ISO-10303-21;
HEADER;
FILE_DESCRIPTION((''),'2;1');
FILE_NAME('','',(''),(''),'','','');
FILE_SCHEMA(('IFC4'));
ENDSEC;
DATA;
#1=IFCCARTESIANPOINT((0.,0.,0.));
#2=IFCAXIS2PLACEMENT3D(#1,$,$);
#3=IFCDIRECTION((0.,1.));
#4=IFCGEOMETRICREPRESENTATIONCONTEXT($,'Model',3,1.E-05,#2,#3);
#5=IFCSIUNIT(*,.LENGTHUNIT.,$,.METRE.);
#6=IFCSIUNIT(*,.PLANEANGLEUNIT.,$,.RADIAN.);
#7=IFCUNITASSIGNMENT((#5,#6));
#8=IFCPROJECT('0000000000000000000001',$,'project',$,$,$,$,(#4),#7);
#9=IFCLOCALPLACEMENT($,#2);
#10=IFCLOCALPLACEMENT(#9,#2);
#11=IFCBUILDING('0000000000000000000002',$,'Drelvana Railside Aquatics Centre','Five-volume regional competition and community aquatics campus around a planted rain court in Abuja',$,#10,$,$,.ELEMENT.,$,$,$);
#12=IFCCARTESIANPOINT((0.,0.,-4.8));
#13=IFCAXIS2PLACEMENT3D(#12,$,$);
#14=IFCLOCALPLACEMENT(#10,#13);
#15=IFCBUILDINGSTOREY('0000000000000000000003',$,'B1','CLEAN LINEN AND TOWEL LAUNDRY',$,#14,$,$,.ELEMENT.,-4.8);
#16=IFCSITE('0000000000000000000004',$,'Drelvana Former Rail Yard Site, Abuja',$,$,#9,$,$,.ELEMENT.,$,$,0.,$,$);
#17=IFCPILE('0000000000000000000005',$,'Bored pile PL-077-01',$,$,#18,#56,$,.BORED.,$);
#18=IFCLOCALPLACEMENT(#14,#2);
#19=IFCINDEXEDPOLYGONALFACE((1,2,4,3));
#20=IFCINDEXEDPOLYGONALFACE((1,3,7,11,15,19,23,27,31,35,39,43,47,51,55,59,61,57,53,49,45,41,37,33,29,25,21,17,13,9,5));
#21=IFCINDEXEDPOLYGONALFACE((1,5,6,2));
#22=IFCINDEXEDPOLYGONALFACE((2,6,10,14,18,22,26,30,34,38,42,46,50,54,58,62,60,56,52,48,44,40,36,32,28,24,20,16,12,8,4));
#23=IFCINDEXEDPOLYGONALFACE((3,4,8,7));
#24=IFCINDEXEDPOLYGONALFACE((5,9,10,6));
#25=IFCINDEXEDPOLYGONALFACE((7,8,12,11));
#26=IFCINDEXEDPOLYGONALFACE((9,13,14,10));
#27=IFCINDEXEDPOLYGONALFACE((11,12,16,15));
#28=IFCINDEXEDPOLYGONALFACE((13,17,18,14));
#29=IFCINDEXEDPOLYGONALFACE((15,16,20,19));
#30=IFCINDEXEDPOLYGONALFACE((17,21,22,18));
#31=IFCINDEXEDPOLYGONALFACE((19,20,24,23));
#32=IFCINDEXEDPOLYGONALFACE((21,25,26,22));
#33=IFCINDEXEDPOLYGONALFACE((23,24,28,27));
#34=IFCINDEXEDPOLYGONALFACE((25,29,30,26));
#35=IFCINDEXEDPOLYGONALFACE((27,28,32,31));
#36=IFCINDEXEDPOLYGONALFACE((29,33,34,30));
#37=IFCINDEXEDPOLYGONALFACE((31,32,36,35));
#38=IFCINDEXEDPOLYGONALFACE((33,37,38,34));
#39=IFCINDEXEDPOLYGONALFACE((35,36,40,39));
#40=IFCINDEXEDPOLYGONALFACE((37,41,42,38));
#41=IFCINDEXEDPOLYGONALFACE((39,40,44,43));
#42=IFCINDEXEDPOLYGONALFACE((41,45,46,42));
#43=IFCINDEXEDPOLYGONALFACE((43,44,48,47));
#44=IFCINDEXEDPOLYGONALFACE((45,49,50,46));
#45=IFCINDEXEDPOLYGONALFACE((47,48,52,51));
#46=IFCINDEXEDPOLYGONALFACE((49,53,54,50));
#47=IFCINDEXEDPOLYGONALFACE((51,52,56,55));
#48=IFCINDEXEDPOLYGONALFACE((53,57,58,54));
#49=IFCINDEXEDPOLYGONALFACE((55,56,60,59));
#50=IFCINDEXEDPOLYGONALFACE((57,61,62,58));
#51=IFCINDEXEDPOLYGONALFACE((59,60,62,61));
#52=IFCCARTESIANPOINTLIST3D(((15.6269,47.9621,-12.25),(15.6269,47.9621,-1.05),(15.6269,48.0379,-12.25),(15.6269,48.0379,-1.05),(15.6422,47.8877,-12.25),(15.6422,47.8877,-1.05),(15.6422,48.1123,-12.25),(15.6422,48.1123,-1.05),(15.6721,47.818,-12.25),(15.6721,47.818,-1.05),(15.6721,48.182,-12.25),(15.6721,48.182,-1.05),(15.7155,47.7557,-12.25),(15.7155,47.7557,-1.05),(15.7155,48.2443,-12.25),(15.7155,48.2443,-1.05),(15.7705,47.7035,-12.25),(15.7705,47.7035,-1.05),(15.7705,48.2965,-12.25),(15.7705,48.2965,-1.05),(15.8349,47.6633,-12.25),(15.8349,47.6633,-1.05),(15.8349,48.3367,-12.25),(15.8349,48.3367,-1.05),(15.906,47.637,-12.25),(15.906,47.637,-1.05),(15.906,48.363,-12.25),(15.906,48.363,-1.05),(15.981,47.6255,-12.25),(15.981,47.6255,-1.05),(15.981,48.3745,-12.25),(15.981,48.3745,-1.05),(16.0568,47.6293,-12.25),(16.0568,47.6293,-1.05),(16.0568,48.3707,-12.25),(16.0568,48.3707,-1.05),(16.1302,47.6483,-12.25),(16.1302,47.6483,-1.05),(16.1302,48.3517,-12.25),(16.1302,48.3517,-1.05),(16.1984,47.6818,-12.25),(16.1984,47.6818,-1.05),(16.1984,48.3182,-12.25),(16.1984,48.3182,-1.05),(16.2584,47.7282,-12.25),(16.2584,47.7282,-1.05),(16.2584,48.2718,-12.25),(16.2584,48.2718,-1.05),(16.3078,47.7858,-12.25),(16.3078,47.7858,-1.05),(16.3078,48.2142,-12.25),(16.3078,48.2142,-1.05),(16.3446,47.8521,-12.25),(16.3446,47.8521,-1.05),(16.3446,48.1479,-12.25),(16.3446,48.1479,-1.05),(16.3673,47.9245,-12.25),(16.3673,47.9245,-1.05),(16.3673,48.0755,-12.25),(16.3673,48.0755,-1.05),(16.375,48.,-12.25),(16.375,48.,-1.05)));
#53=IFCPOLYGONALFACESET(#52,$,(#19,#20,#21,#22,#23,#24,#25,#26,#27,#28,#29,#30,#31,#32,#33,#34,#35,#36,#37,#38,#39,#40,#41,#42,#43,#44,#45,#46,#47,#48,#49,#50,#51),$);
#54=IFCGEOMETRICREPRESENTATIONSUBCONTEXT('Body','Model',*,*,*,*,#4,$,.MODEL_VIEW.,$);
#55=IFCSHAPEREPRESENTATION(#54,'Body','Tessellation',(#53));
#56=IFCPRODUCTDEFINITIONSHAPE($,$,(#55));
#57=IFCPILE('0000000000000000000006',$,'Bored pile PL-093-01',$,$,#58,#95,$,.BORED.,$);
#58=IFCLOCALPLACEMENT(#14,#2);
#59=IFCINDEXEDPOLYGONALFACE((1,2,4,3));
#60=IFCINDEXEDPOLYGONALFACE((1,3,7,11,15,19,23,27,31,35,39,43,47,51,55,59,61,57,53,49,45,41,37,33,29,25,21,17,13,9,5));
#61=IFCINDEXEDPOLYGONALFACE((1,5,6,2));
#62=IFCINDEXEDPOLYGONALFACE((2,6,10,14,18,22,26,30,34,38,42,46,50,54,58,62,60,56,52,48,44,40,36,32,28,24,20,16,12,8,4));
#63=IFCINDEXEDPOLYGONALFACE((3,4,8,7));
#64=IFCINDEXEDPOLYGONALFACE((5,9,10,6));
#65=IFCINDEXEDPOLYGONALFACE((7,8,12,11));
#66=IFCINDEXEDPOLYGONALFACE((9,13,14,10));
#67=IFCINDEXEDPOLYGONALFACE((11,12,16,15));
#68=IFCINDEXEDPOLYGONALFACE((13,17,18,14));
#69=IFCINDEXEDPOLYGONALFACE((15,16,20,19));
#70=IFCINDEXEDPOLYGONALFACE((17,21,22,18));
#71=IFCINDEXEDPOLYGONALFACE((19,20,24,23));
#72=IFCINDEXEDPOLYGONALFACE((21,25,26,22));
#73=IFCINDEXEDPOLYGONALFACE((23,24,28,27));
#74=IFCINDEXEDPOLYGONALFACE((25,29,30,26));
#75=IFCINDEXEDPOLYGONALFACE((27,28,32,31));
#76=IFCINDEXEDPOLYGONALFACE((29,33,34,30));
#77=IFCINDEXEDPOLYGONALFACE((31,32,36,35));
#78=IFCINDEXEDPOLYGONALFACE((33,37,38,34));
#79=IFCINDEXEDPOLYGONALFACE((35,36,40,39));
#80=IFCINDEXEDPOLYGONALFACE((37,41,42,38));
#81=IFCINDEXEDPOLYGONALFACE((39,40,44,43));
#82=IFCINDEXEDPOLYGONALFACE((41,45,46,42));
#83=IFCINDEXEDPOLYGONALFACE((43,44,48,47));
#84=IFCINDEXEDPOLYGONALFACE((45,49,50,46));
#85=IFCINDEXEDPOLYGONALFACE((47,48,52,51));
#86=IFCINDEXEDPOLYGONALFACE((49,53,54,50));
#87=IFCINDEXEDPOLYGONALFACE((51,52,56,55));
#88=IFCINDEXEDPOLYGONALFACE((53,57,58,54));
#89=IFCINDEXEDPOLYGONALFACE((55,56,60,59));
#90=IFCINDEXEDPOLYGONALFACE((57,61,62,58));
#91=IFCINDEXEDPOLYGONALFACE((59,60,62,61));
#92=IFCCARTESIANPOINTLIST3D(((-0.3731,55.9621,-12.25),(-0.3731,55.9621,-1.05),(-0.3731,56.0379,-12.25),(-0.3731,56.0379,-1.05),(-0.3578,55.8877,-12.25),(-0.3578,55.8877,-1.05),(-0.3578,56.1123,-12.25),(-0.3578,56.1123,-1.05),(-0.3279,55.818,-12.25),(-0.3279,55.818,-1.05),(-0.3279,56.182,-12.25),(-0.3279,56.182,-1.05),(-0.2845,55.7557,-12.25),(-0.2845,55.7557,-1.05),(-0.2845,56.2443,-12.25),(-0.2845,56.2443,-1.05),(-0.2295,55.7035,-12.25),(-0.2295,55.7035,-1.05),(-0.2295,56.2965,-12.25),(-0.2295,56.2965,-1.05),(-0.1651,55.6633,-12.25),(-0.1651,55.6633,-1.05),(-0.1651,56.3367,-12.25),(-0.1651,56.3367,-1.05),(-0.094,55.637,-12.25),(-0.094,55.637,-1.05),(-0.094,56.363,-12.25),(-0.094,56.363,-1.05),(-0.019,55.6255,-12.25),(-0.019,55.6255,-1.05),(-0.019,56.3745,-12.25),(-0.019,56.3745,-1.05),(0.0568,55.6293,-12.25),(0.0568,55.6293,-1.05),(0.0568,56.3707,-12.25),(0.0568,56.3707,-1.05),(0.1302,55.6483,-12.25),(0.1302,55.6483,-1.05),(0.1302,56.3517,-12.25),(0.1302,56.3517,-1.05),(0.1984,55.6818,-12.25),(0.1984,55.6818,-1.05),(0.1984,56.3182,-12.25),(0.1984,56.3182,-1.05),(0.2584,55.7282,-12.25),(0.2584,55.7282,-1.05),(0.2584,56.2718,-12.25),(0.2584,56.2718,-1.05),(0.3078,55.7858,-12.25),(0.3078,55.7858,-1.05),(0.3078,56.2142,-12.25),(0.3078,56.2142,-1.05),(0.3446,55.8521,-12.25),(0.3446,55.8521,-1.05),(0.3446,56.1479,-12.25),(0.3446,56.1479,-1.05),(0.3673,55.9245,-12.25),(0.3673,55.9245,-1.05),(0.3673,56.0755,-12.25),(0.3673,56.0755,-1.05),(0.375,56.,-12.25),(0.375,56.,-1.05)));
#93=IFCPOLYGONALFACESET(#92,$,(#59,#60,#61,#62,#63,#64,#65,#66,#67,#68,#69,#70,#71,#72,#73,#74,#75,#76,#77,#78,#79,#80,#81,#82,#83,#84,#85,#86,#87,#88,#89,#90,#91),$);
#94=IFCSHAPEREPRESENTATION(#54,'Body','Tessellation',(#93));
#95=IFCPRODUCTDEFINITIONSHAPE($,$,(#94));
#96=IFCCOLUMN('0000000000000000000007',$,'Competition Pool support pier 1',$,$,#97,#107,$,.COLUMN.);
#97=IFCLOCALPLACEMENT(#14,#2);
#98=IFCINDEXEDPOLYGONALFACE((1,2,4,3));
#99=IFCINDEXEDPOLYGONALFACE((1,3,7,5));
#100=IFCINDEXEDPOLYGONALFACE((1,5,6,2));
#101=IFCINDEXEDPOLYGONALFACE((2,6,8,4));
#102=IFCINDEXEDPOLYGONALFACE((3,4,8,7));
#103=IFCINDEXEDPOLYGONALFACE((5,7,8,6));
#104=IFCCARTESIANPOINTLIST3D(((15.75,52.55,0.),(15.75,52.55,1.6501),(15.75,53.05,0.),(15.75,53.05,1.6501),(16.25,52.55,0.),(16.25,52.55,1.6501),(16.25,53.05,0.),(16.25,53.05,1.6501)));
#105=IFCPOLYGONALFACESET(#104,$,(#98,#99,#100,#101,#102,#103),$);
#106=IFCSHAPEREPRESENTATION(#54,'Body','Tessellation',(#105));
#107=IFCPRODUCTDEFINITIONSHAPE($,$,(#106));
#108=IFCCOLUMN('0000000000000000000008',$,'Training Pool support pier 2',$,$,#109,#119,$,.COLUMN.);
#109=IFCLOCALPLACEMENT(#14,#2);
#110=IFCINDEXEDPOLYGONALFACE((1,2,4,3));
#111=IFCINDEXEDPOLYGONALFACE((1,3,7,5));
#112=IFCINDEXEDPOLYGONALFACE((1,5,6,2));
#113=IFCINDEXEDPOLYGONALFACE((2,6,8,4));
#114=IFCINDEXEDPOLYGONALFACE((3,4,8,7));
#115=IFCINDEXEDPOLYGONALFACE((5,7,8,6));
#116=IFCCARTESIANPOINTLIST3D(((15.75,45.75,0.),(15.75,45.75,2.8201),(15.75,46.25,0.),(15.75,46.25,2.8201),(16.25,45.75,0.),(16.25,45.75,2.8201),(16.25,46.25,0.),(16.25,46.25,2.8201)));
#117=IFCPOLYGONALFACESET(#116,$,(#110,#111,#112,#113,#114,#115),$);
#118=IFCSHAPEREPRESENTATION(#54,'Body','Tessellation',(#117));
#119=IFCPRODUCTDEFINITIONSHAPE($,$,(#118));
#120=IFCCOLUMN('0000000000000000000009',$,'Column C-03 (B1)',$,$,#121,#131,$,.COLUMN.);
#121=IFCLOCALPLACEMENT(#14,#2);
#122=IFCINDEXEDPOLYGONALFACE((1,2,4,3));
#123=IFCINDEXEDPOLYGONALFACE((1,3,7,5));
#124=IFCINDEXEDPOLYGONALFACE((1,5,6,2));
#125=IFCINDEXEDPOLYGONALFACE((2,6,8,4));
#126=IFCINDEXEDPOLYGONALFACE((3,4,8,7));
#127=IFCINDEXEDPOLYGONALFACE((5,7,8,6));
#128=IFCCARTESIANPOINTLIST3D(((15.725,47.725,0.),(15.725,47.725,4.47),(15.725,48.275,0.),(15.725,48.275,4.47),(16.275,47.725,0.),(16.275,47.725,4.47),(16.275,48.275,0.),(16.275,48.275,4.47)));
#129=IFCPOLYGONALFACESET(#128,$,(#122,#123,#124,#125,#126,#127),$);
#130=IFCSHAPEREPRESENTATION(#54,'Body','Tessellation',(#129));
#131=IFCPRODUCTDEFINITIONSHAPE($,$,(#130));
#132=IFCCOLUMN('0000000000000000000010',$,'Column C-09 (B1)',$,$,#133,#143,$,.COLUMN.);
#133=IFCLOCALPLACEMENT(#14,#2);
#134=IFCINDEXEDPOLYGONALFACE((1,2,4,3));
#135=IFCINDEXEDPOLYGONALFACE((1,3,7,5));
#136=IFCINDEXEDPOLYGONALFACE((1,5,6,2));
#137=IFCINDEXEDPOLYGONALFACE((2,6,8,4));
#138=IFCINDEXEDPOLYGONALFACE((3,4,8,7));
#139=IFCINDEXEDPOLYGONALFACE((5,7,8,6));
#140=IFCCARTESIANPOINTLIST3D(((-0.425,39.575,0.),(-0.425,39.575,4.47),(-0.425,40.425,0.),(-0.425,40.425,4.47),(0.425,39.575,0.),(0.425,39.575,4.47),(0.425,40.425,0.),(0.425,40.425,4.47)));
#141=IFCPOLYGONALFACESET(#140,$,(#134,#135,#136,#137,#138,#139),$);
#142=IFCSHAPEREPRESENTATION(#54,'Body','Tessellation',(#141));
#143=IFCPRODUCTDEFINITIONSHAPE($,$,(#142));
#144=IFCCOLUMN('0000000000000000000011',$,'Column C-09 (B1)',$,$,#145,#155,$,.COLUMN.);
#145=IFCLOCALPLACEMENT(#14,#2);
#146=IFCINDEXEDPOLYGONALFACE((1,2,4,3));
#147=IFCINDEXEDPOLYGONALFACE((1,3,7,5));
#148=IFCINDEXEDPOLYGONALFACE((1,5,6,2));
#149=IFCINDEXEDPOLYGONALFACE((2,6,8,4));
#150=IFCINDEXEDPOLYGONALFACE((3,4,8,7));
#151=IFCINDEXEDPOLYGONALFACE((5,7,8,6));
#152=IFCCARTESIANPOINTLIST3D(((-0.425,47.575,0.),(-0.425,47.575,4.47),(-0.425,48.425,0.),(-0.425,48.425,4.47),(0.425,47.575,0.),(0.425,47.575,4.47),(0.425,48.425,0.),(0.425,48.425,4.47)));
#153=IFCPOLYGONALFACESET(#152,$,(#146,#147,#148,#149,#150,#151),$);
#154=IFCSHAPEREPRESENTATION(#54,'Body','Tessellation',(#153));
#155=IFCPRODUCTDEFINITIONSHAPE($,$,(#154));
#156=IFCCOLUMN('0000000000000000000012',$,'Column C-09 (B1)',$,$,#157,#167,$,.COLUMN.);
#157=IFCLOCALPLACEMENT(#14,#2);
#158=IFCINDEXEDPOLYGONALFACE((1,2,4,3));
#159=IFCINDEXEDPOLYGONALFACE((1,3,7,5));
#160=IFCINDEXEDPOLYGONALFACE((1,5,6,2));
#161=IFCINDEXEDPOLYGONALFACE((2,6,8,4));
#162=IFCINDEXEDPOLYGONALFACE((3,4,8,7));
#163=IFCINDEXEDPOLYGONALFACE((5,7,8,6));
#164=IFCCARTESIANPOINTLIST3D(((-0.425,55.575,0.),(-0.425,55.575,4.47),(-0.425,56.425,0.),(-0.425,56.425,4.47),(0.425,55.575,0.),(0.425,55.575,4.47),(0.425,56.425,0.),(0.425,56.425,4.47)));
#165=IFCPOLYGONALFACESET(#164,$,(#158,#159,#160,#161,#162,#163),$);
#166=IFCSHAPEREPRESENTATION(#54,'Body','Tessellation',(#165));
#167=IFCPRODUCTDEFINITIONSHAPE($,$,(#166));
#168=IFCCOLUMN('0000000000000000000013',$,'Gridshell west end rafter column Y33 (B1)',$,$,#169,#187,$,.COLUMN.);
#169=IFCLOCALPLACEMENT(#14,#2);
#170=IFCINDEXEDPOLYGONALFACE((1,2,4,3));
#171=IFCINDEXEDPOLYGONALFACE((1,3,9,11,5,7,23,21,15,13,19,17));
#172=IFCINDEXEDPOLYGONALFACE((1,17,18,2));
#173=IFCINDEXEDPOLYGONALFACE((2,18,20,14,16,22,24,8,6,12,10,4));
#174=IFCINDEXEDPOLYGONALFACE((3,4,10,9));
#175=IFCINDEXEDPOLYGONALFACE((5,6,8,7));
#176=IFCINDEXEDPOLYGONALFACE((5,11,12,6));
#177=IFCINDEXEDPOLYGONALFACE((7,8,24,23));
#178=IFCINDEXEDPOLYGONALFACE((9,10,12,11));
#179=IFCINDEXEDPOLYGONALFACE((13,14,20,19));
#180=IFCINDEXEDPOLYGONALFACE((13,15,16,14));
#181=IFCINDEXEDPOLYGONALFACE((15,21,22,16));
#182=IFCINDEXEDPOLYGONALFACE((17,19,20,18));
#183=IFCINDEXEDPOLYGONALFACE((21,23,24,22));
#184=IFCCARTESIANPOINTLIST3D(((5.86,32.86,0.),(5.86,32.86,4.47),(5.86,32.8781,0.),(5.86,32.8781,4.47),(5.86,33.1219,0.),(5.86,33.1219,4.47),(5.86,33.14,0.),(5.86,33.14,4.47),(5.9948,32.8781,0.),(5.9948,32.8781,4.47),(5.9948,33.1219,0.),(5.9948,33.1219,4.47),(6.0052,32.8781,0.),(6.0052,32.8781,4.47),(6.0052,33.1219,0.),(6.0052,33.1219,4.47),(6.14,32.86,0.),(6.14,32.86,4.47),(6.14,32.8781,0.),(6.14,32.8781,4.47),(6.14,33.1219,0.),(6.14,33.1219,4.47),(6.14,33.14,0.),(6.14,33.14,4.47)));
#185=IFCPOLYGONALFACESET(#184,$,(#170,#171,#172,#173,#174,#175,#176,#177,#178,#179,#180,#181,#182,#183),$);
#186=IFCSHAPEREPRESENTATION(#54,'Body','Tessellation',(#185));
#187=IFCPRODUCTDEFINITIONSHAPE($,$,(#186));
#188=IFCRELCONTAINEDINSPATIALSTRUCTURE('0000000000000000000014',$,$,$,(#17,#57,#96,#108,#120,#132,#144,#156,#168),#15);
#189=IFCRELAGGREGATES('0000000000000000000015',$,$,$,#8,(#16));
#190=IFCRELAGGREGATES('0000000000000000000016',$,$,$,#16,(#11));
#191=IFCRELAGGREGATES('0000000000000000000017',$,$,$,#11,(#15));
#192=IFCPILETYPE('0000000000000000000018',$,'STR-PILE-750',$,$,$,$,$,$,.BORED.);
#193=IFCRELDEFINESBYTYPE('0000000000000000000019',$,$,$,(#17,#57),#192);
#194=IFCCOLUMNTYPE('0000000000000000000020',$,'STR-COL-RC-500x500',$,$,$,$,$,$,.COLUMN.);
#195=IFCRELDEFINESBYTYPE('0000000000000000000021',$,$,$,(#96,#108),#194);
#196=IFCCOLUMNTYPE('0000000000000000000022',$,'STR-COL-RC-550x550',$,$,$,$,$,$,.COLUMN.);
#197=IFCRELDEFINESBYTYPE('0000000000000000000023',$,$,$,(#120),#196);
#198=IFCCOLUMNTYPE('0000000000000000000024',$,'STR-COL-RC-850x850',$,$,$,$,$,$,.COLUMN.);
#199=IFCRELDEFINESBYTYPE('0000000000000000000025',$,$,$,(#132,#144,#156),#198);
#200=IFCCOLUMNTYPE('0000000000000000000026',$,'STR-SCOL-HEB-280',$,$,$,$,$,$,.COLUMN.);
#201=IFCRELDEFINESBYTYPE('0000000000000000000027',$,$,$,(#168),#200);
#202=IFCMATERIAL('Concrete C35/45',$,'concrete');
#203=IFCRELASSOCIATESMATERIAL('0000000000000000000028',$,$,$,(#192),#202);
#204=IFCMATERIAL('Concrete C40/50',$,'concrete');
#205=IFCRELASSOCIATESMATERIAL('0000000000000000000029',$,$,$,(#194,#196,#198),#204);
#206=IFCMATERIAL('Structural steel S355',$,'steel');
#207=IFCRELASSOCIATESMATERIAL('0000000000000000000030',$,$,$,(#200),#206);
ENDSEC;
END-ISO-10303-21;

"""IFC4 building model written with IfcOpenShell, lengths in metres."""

from ifc_helpers import new_model, si_unit, direction, frame, origin, origin_2d, place, context, subcontext, project, spatial, rectangle, circle, i_section, extrude, material, material_profile, profile_set, type_object, element, save


model = new_model("IFC4")

# Units and contexts
model_context = context("Model", 3, precision=1e-05, world=origin(), true_north=direction((0.0, 1.0)))
body_context = subcontext(model_context, "Body", "Model", "MODEL_VIEW")
ifc_project = project(units=[si_unit("LENGTHUNIT", "METRE"), si_unit("PLANEANGLEUNIT", "RADIAN")], contexts=[model_context])

# Site, building, storey
site_placement = place(None, origin())
site = spatial("IfcSite", under=ifc_project, at=site_placement, Name="Drelvana Former Rail Yard Site, Abuja", CompositionType="ELEMENT", RefElevation=0.0)
building_placement = place(site_placement, origin())
building = spatial("IfcBuilding", under=site, at=building_placement, Name="Drelvana Railside Aquatics Centre", Description="Five-volume regional competition and community aquatics campus around a planted rain court in Abuja", CompositionType="ELEMENT")
storey_placement = place(building_placement, frame((0.0, 0.0, -4.8)))
storey = spatial("IfcBuildingStorey", under=building, at=storey_placement, Name="B1", Description="CLEAN LINEN AND TOWEL LAUNDRY", CompositionType="ELEMENT", Elevation=-4.8)

# Shared definitions
ifc_material_1 = material(Name="Concrete C35/45", Category="concrete")

# Piles
ifc_material_profile_1 = material_profile(ifc_material_1, circle(Radius=0.375, at=origin_2d()), Name="PILE D750")
ifc_profile_set_1 = profile_set([ifc_material_profile_1], Name="Concrete C35/45")
pile_type = type_object("IfcPileType", Name="STR-PILE-750", PredefinedType="BORED", material=ifc_profile_set_1)
for number, where, z_axis, x_axis, name in (
    (1, (16.0, 48.0, -1.05), (0.0, 0.0, -1.0), (1.0, 0.0, 0.0), "Bored pile PL-077-01"),
    (2, (0.0, 56.0, -1.05), (0.0, 0.0, -1.0), (1.0, 0.0, 0.0), "Bored pile PL-093-01"),
):
    element("IfcPile", number, at=place(storey_placement, frame(where, z_axis=z_axis, x_axis=x_axis)), inside=storey, type_object=pile_type, Name=name, PredefinedType="BORED", context=body_context, shape_type="SweptSolid", body=[
        extrude(circle(Radius=0.375, at=origin_2d()), origin(), (0.0, 0.0, 1.0), 11.2),
    ])

# Columns
ifc_material_2 = material(Name="Concrete C40/50", Category="concrete")
ifc_material_profile_2 = material_profile(ifc_material_2, rectangle(XDim=0.5, YDim=0.5, at=origin_2d()), Name="RC 500x500")
ifc_profile_set_2 = profile_set([ifc_material_profile_2], Name="Concrete C40/50")
column_type_1 = type_object("IfcColumnType", Name="STR-COL-RC-500x500", PredefinedType="COLUMN", material=ifc_profile_set_2)
column_1_placement = place(storey_placement, frame((16.0, 52.8, 0.0), z_axis=(0.0, 0.0, 1.0), x_axis=(1.0, 0.0, 0.0)))
element("IfcColumn", 3, at=column_1_placement, inside=storey, type_object=column_type_1, Name="Competition Pool support pier 1", PredefinedType="COLUMN", context=body_context, shape_type="SweptSolid", body=[
    extrude(rectangle(XDim=0.5, YDim=0.5, at=origin_2d()), origin(), (0.0, 0.0, 1.0), 1.6501),
])
column_2_placement = place(storey_placement, frame((16.0, 46.0, 0.0), z_axis=(0.0, 0.0, 1.0), x_axis=(1.0, 0.0, 0.0)))
element("IfcColumn", 4, at=column_2_placement, inside=storey, type_object=column_type_1, Name="Training Pool support pier 2", PredefinedType="COLUMN", context=body_context, shape_type="SweptSolid", body=[
    extrude(rectangle(XDim=0.5, YDim=0.5, at=origin_2d()), origin(), (0.0, 0.0, 1.0), 2.8201),
])
ifc_material_profile_3 = material_profile(ifc_material_2, rectangle(XDim=0.55, YDim=0.55, at=origin_2d()), Name="RC 550x550")
ifc_profile_set_3 = profile_set([ifc_material_profile_3], Name="Concrete C40/50")
column_type_2 = type_object("IfcColumnType", Name="STR-COL-RC-550x550", PredefinedType="COLUMN", material=ifc_profile_set_3)
column_3_placement = place(storey_placement, frame((16.0, 48.0, 0.0), z_axis=(0.0, 0.0, 1.0), x_axis=(1.0, 0.0, 0.0)))
element("IfcColumn", 5, at=column_3_placement, inside=storey, type_object=column_type_2, Name="Column C-03 (B1)", PredefinedType="COLUMN", context=body_context, shape_type="SweptSolid", body=[
    extrude(rectangle(XDim=0.55, YDim=0.55, at=origin_2d()), origin(), (0.0, 0.0, 1.0), 4.47),
])
ifc_material_profile_4 = material_profile(ifc_material_2, rectangle(XDim=0.8501, YDim=0.8501, at=origin_2d()), Name="RC 850x850")
ifc_profile_set_4 = profile_set([ifc_material_profile_4], Name="Concrete C40/50")
column_type_3 = type_object("IfcColumnType", Name="STR-COL-RC-850x850", PredefinedType="COLUMN", material=ifc_profile_set_4)
for number, where, z_axis, x_axis, name in (
    (6, (0.0, 40.0, 0.0), (0.0, 0.0, 1.0), (1.0, 0.0, 0.0), "Column C-09 (B1)"),
    (7, (0.0, 48.0, 0.0), (0.0, 0.0, 1.0), (1.0, 0.0, 0.0), "Column C-09 (B1)"),
    (8, (0.0, 56.0, 0.0), (0.0, 0.0, 1.0), (1.0, 0.0, 0.0), "Column C-09 (B1)"),
):
    element("IfcColumn", number, at=place(storey_placement, frame(where, z_axis=z_axis, x_axis=x_axis)), inside=storey, type_object=column_type_3, Name=name, PredefinedType="COLUMN", context=body_context, shape_type="SweptSolid", body=[
        extrude(rectangle(XDim=0.8501, YDim=0.8501, at=origin_2d()), origin(), (0.0, 0.0, 1.0), 4.47),
    ])
ifc_material_3 = material(Name="Structural steel S355", Category="steel")
ifc_material_profile_5 = material_profile(ifc_material_3, i_section(OverallWidth=0.28, OverallDepth=0.28, WebThickness=0.0105, FlangeThickness=0.0181, at=origin_2d()), Name="HEB 280")
ifc_profile_set_5 = profile_set([ifc_material_profile_5], Name="Structural steel S355")
column_type_4 = type_object("IfcColumnType", Name="STR-SCOL-HEB-280", PredefinedType="COLUMN", material=ifc_profile_set_5)
column_4_placement = place(storey_placement, frame((6.0, 33.0, 0.0), z_axis=(0.0, 0.0, 1.0), x_axis=(1.0, 0.0, 0.0)))
element("IfcColumn", 9, at=column_4_placement, inside=storey, type_object=column_type_4, Name="Gridshell west end rafter column Y33 (B1)", PredefinedType="COLUMN", context=body_context, shape_type="SweptSolid", body=[
    extrude(i_section(OverallWidth=0.28, OverallDepth=0.28, WebThickness=0.0105, FlangeThickness=0.0181, at=origin_2d()), origin(), (0.0, 0.0, 1.0), 4.47),
])

save(model, "model.ifc")
